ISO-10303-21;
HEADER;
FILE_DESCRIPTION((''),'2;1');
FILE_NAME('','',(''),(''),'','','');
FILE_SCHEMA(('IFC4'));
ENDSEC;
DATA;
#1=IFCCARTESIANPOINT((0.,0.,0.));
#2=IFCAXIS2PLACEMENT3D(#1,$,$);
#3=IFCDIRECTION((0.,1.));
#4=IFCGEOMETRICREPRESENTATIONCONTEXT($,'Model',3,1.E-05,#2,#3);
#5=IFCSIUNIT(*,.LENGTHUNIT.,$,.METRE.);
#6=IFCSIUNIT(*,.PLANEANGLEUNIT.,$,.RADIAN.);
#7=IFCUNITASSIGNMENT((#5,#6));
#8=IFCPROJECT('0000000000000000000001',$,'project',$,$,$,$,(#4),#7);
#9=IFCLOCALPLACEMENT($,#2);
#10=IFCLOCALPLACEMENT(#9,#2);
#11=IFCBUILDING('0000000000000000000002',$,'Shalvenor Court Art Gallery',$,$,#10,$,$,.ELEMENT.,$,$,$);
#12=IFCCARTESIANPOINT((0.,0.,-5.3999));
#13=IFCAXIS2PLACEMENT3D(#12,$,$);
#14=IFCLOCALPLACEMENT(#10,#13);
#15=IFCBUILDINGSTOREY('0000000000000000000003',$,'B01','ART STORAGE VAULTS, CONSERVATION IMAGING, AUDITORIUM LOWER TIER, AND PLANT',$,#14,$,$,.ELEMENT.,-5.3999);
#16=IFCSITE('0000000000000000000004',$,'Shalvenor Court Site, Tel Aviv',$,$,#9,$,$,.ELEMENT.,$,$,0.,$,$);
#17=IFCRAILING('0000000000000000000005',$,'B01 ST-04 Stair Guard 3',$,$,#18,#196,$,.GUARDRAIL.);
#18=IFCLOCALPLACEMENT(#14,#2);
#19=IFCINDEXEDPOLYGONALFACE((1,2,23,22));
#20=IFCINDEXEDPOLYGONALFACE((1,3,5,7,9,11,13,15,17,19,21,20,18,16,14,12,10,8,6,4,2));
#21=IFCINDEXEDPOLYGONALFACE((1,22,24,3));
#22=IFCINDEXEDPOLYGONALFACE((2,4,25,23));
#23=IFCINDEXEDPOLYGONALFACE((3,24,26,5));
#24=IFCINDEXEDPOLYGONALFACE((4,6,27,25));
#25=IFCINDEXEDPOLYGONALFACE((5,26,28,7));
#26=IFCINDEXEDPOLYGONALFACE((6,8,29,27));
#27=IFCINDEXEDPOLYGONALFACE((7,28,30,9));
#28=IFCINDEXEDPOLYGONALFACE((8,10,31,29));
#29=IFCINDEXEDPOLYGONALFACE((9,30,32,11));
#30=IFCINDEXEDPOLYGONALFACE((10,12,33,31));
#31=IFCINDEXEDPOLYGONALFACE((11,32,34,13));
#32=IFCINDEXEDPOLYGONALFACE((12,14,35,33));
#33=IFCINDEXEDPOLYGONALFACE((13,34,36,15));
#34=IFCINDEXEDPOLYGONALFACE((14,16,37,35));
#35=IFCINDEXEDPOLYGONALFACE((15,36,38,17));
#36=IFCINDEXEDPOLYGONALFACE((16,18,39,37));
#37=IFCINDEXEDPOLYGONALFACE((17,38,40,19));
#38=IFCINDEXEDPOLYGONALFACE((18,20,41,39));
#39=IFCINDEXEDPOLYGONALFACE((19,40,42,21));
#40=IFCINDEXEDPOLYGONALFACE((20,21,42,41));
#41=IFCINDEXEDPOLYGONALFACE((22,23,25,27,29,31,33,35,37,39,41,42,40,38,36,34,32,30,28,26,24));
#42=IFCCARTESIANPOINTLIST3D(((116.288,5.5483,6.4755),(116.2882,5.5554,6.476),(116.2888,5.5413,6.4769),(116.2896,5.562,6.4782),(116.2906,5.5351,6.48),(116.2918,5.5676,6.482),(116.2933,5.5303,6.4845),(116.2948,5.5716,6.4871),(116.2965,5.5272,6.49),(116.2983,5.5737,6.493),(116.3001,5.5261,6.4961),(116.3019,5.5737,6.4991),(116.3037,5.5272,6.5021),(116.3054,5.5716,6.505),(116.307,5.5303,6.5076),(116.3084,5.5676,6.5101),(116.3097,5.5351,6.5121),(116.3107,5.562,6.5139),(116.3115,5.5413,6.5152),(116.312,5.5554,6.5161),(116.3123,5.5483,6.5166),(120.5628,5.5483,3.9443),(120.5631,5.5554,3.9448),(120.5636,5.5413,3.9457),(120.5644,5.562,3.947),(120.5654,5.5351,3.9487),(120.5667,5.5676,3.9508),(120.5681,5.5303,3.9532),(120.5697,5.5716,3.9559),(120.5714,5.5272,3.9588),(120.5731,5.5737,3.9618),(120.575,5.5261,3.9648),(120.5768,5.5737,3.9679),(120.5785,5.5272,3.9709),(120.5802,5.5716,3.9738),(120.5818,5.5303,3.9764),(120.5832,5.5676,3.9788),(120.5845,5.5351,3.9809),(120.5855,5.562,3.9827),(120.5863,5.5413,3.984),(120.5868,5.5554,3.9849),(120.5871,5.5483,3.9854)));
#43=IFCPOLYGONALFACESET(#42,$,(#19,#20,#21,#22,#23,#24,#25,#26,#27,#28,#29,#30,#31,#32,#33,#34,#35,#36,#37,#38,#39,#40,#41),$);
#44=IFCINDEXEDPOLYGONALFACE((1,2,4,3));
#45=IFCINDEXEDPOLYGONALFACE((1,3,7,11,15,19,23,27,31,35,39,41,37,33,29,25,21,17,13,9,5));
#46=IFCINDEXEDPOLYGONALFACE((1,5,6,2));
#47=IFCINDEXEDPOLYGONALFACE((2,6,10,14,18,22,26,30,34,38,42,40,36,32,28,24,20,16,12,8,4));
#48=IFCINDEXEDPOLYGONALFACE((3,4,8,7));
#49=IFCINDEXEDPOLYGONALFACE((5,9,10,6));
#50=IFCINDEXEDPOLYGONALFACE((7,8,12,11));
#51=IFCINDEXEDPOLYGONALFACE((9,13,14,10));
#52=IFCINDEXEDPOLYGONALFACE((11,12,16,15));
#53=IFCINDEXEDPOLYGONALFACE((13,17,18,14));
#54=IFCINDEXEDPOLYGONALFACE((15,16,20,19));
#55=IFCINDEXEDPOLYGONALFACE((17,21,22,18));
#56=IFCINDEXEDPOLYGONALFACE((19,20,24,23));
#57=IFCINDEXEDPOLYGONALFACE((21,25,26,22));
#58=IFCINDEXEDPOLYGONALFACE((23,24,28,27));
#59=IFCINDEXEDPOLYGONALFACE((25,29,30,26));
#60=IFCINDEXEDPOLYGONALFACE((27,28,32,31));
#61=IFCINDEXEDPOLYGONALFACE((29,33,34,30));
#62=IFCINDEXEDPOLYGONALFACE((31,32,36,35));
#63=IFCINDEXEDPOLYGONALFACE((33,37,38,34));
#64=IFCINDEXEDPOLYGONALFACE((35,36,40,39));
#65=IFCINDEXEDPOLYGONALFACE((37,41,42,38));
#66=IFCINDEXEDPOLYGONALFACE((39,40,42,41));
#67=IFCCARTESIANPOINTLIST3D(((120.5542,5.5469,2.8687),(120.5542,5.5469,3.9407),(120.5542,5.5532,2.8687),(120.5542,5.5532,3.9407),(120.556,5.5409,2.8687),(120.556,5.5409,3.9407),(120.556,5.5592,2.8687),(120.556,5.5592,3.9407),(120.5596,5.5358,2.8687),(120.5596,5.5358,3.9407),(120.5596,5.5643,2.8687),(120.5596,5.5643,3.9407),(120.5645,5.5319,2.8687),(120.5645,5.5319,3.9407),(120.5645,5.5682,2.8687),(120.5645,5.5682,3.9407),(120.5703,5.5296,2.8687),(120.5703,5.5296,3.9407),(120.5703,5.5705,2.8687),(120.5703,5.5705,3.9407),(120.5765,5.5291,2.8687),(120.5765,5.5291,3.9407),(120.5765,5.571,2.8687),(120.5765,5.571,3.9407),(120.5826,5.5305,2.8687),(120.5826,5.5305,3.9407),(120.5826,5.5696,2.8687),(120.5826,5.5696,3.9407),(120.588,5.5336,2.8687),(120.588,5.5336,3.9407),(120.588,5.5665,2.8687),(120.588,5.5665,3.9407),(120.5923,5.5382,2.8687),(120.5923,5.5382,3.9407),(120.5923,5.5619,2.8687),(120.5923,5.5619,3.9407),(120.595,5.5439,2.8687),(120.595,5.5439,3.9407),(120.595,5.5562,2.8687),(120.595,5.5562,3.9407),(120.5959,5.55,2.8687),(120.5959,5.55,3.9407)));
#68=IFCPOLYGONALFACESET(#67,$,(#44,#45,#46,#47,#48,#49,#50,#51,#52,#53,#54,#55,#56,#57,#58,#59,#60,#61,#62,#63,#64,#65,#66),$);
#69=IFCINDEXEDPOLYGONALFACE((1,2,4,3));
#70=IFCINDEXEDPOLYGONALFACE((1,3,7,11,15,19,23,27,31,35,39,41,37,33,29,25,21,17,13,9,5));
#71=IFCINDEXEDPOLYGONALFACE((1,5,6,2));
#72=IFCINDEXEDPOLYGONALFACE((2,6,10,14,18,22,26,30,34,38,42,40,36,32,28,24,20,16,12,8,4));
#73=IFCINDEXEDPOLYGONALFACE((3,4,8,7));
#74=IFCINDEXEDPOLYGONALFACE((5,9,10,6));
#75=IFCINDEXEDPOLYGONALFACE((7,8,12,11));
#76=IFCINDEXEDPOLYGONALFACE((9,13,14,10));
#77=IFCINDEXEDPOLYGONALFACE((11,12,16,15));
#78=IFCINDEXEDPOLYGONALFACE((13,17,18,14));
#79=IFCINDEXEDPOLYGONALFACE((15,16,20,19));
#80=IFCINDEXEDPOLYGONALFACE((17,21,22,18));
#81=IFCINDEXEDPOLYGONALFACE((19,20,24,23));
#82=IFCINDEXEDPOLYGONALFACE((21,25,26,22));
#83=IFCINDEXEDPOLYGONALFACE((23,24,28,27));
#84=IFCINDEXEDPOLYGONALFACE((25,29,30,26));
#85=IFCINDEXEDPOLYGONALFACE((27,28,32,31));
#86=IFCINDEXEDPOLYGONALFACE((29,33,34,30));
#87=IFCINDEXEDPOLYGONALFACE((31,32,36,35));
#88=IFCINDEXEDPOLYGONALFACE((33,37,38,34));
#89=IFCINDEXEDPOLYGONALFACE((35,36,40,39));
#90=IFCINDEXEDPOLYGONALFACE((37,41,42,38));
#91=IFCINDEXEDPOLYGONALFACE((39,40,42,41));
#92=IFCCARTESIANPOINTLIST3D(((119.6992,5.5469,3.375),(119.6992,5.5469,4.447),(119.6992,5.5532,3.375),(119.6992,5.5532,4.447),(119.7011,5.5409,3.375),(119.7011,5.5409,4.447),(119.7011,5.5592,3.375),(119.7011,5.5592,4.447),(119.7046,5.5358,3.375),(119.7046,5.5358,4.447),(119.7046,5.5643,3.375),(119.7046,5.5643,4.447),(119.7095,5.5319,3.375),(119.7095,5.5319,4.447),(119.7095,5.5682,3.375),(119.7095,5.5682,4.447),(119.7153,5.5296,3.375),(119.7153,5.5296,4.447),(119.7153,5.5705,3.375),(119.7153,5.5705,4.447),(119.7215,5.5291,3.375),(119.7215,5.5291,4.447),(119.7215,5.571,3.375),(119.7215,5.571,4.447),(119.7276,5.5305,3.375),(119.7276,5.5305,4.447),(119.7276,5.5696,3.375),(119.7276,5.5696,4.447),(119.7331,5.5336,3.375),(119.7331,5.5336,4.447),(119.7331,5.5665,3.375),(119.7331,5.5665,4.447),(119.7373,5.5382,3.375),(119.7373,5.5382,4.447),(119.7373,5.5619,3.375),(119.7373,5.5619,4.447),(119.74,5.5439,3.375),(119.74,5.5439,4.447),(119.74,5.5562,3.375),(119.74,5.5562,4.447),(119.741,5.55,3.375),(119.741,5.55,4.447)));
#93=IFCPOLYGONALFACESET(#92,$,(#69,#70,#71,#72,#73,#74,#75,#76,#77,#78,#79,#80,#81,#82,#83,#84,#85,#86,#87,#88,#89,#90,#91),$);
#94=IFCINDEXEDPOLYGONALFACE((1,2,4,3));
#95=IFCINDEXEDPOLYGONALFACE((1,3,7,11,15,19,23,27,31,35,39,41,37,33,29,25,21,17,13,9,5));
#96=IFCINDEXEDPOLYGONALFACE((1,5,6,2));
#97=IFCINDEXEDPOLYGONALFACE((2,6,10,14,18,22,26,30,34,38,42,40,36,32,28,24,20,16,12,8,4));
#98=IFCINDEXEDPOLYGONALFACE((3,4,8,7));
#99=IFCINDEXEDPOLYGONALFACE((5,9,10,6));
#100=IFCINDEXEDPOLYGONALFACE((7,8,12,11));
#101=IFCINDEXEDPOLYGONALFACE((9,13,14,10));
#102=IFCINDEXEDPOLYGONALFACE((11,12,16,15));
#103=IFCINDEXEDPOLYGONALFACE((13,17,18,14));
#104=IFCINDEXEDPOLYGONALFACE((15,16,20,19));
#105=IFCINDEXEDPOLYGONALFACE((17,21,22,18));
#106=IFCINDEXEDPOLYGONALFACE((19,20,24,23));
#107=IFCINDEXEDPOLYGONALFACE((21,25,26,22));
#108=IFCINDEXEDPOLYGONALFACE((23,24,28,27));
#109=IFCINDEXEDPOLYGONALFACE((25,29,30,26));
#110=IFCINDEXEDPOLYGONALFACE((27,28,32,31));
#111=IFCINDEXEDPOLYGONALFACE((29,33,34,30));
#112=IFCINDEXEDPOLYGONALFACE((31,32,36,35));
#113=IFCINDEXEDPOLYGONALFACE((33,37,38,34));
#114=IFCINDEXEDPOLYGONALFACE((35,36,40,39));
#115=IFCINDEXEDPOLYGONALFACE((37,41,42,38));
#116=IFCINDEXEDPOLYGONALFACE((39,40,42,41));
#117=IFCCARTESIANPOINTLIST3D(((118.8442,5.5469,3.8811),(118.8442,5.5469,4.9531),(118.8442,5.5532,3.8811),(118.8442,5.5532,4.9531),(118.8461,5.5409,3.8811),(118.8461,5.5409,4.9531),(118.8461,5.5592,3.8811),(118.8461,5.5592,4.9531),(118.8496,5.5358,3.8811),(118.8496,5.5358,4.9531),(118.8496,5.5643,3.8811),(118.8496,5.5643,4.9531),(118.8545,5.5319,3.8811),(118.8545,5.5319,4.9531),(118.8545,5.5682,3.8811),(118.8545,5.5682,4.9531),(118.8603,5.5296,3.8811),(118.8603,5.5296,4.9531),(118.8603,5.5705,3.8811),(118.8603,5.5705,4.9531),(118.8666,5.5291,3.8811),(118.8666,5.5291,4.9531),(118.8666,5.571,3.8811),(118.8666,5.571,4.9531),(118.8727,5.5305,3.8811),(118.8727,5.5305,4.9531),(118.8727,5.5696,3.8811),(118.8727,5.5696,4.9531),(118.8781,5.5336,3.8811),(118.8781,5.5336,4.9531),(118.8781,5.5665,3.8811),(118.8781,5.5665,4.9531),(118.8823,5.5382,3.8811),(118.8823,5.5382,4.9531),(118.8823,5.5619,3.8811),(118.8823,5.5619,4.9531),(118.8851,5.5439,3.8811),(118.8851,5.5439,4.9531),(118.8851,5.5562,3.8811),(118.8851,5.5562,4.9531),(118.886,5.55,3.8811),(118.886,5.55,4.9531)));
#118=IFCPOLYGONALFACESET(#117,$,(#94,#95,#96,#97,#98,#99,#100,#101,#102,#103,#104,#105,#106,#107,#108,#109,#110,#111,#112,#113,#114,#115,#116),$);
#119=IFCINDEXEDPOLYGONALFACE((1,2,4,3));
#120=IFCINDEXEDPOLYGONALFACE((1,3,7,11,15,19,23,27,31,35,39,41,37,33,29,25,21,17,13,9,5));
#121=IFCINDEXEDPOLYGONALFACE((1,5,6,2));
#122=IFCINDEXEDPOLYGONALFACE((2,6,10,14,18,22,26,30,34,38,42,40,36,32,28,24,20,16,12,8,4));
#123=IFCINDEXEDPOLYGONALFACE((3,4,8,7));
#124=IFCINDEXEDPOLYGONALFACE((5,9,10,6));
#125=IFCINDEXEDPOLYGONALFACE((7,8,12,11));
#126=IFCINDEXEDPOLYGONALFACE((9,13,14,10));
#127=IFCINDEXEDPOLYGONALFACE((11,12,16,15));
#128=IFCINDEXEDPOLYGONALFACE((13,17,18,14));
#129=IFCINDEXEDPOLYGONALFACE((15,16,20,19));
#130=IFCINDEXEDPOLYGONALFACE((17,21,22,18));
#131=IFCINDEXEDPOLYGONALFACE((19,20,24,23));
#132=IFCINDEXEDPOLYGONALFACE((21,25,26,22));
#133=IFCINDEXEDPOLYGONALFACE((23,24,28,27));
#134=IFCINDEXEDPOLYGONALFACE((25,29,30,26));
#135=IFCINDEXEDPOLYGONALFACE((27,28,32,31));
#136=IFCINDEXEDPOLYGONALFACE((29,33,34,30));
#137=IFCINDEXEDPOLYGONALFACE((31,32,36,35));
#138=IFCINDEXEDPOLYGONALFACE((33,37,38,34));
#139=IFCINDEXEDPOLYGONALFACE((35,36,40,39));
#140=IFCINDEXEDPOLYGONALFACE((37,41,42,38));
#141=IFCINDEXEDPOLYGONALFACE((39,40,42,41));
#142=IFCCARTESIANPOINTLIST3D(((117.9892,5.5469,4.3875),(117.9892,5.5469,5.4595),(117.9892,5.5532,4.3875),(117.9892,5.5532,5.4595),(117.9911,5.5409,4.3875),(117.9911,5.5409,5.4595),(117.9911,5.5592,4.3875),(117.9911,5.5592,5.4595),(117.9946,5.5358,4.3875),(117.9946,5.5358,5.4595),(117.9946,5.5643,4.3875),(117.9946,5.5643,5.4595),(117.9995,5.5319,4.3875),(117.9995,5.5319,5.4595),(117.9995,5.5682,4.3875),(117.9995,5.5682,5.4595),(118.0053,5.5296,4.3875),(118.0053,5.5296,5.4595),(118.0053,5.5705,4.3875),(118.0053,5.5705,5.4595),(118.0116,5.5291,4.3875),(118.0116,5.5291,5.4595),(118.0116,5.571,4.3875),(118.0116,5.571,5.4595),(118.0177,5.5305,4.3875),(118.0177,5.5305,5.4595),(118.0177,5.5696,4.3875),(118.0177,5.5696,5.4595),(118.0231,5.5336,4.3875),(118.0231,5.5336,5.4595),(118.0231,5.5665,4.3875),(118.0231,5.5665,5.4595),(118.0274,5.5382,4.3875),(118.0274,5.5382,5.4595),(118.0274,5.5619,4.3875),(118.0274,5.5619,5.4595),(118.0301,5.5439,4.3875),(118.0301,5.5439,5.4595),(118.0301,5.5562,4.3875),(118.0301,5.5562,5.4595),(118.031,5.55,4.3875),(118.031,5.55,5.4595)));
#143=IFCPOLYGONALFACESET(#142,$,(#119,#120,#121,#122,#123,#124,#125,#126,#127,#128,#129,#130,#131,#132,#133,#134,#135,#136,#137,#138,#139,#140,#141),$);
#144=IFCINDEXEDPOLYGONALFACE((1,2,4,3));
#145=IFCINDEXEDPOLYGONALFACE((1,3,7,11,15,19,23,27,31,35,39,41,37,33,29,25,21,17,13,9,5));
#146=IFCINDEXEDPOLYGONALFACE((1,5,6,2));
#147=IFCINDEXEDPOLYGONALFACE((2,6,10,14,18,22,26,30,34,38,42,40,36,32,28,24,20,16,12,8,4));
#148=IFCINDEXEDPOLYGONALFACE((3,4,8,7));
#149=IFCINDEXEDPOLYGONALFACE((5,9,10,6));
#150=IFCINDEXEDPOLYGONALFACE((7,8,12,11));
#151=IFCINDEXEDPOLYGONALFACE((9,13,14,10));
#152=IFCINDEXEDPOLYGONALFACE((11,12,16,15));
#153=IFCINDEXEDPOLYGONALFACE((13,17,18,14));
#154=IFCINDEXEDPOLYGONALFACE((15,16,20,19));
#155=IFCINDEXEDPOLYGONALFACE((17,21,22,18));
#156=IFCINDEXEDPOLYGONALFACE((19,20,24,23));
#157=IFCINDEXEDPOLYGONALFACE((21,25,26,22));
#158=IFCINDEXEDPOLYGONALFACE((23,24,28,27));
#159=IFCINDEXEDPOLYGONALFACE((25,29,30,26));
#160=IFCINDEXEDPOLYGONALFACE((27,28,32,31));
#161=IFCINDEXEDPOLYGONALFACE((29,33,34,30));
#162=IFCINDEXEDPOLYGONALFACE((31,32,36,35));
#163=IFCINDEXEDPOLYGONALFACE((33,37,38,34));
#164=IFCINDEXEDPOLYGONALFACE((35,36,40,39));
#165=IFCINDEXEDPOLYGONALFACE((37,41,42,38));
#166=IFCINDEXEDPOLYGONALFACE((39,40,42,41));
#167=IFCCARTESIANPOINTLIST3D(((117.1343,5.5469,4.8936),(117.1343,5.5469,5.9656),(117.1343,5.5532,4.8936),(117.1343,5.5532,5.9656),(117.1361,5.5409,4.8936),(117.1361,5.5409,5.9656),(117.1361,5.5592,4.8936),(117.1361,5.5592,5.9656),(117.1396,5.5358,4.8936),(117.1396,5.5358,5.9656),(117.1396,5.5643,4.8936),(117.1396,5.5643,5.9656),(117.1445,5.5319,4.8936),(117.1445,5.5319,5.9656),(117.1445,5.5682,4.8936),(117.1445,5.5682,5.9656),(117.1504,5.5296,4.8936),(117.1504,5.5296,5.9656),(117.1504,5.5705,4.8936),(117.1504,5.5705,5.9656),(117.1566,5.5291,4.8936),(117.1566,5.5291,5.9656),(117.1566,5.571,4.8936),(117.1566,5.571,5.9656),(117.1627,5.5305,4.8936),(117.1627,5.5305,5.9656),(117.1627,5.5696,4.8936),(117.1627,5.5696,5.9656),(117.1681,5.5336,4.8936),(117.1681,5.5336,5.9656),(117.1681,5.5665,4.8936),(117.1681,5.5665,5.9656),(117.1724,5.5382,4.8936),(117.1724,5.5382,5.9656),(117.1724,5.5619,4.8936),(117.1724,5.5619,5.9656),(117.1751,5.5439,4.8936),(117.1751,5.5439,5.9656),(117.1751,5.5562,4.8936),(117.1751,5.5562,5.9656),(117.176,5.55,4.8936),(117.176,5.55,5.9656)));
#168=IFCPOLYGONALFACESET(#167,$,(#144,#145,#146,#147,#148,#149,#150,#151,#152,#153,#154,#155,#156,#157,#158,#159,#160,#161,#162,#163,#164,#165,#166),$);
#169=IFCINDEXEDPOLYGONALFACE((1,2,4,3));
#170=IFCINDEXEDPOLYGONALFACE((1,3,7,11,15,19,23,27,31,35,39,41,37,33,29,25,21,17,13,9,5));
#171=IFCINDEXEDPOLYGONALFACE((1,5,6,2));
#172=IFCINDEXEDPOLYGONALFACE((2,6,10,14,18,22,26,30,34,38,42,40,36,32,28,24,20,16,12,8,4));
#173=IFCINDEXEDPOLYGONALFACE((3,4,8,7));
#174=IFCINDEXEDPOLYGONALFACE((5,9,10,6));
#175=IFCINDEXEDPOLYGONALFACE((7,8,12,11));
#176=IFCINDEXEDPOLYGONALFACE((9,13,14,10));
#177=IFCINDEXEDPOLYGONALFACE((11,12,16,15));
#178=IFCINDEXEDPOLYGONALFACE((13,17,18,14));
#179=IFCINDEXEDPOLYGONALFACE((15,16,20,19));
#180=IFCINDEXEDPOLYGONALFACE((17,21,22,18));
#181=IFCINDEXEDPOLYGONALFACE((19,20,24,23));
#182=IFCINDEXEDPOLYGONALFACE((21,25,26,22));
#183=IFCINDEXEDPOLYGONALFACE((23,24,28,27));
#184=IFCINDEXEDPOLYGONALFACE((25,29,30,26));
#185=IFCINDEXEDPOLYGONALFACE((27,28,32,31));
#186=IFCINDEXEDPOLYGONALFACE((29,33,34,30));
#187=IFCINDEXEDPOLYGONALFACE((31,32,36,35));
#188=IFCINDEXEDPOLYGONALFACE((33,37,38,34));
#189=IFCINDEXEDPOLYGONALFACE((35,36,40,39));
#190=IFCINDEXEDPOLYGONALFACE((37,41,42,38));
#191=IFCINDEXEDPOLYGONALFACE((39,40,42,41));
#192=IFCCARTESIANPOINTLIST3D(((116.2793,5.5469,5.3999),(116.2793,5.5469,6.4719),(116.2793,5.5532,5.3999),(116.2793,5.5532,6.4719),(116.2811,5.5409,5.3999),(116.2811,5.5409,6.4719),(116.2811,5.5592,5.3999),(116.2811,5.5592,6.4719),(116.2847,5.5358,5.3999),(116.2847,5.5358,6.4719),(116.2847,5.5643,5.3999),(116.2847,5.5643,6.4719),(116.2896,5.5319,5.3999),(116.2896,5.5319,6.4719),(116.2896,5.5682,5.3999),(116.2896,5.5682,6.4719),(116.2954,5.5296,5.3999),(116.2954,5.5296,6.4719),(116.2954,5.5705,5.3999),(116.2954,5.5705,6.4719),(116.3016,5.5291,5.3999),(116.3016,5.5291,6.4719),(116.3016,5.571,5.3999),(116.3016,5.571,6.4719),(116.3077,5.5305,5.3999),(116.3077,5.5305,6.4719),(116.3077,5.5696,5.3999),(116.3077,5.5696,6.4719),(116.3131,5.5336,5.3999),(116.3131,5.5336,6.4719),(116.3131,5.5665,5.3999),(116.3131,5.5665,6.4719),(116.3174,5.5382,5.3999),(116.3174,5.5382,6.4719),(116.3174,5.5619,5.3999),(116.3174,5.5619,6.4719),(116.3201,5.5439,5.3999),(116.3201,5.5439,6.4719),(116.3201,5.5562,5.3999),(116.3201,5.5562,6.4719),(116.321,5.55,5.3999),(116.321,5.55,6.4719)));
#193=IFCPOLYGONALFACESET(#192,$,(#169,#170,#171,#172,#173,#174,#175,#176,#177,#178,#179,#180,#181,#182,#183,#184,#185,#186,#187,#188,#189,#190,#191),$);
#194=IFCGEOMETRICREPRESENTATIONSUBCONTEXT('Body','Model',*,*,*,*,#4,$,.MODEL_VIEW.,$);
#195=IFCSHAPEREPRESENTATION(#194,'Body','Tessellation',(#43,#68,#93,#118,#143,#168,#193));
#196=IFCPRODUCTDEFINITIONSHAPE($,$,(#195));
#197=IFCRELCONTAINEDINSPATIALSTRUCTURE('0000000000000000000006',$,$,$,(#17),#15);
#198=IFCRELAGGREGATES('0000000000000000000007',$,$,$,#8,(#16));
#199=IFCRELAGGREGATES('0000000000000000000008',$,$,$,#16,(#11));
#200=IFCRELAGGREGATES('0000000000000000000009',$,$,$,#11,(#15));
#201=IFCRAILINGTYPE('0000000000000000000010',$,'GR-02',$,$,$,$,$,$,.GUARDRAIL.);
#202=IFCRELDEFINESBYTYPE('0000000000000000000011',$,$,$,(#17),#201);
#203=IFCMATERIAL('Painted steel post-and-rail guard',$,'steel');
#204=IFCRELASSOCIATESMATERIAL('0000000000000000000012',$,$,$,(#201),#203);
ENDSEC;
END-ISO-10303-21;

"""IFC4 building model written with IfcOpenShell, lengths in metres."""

from ifc_helpers import new_model, si_unit, direction, frame, origin, origin_2d, place, context, subcontext, project, spatial, circle, extrude, material, type_object, element, save


model = new_model("IFC4")

# Units and contexts
model_context = context("Model", 3, precision=1e-05, world=origin(), true_north=direction((0.0, 1.0)))
body_context = subcontext(model_context, "Body", "Model", "MODEL_VIEW")
ifc_project = project(units=[si_unit("LENGTHUNIT", "METRE"), si_unit("PLANEANGLEUNIT", "RADIAN")], contexts=[model_context])

# Site, building, storey
site_placement = place(None, origin())
site = spatial("IfcSite", under=ifc_project, at=site_placement, Name="Shalvenor Court Site, Tel Aviv", CompositionType="ELEMENT", RefElevation=0.0)
building_placement = place(site_placement, origin())
building = spatial("IfcBuilding", under=site, at=building_placement, Name="Shalvenor Court Art Gallery", CompositionType="ELEMENT")
storey_placement = place(building_placement, frame((0.0, 0.0, -5.3999)))
storey = spatial("IfcBuildingStorey", under=building, at=storey_placement, Name="B01", Description="ART STORAGE VAULTS, CONSERVATION IMAGING, AUDITORIUM LOWER TIER, AND PLANT", CompositionType="ELEMENT", Elevation=-5.3999)

# Railing
ifc_material_1 = material(Name="Painted steel post-and-rail guard", Category="steel")
railing_type_1 = type_object("IfcRailingType", Name="GR-02", PredefinedType="GUARDRAIL", material=ifc_material_1)
railing_1_placement = place(storey_placement, frame((120.575, 5.55, 2.8687)))
element("IfcRailing", 1, at=railing_1_placement, inside=storey, type_object=railing_type_1, Name="B01 ST-04 Stair Guard 3", PredefinedType="GUARDRAIL", context=body_context, shape_type="SweptSolid", body=[
    extrude(circle(Radius=0.0239, at=origin_2d()), frame((0.0, 0.0, 1.0962), z_axis=(-0.86047, 0.0, 0.509501), x_axis=(0.0, -1.0, 0.0)), (0.0, 0.0, 1.0), 4.968),
    extrude(circle(Radius=0.021, at=origin_2d()), origin(), (0.0, 0.0, 1.0), 1.072),
    extrude(circle(Radius=0.021, at=origin_2d()), frame((-0.855, 0.0, 0.5063)), (0.0, 0.0, 1.0), 1.072),
    extrude(circle(Radius=0.021, at=origin_2d()), frame((-1.71, 0.0, 1.0125)), (0.0, 0.0, 1.0), 1.072),
    extrude(circle(Radius=0.021, at=origin_2d()), frame((-2.5649, 0.0, 1.5188)), (0.0, 0.0, 1.0), 1.072),
    extrude(circle(Radius=0.021, at=origin_2d()), frame((-3.4199, 0.0, 2.0249)), (0.0, 0.0, 1.0), 1.072),
    extrude(circle(Radius=0.021, at=origin_2d()), frame((-4.2749, 0.0, 2.5312)), (0.0, 0.0, 1.0), 1.072),
])

save(model, "model.ifc")
